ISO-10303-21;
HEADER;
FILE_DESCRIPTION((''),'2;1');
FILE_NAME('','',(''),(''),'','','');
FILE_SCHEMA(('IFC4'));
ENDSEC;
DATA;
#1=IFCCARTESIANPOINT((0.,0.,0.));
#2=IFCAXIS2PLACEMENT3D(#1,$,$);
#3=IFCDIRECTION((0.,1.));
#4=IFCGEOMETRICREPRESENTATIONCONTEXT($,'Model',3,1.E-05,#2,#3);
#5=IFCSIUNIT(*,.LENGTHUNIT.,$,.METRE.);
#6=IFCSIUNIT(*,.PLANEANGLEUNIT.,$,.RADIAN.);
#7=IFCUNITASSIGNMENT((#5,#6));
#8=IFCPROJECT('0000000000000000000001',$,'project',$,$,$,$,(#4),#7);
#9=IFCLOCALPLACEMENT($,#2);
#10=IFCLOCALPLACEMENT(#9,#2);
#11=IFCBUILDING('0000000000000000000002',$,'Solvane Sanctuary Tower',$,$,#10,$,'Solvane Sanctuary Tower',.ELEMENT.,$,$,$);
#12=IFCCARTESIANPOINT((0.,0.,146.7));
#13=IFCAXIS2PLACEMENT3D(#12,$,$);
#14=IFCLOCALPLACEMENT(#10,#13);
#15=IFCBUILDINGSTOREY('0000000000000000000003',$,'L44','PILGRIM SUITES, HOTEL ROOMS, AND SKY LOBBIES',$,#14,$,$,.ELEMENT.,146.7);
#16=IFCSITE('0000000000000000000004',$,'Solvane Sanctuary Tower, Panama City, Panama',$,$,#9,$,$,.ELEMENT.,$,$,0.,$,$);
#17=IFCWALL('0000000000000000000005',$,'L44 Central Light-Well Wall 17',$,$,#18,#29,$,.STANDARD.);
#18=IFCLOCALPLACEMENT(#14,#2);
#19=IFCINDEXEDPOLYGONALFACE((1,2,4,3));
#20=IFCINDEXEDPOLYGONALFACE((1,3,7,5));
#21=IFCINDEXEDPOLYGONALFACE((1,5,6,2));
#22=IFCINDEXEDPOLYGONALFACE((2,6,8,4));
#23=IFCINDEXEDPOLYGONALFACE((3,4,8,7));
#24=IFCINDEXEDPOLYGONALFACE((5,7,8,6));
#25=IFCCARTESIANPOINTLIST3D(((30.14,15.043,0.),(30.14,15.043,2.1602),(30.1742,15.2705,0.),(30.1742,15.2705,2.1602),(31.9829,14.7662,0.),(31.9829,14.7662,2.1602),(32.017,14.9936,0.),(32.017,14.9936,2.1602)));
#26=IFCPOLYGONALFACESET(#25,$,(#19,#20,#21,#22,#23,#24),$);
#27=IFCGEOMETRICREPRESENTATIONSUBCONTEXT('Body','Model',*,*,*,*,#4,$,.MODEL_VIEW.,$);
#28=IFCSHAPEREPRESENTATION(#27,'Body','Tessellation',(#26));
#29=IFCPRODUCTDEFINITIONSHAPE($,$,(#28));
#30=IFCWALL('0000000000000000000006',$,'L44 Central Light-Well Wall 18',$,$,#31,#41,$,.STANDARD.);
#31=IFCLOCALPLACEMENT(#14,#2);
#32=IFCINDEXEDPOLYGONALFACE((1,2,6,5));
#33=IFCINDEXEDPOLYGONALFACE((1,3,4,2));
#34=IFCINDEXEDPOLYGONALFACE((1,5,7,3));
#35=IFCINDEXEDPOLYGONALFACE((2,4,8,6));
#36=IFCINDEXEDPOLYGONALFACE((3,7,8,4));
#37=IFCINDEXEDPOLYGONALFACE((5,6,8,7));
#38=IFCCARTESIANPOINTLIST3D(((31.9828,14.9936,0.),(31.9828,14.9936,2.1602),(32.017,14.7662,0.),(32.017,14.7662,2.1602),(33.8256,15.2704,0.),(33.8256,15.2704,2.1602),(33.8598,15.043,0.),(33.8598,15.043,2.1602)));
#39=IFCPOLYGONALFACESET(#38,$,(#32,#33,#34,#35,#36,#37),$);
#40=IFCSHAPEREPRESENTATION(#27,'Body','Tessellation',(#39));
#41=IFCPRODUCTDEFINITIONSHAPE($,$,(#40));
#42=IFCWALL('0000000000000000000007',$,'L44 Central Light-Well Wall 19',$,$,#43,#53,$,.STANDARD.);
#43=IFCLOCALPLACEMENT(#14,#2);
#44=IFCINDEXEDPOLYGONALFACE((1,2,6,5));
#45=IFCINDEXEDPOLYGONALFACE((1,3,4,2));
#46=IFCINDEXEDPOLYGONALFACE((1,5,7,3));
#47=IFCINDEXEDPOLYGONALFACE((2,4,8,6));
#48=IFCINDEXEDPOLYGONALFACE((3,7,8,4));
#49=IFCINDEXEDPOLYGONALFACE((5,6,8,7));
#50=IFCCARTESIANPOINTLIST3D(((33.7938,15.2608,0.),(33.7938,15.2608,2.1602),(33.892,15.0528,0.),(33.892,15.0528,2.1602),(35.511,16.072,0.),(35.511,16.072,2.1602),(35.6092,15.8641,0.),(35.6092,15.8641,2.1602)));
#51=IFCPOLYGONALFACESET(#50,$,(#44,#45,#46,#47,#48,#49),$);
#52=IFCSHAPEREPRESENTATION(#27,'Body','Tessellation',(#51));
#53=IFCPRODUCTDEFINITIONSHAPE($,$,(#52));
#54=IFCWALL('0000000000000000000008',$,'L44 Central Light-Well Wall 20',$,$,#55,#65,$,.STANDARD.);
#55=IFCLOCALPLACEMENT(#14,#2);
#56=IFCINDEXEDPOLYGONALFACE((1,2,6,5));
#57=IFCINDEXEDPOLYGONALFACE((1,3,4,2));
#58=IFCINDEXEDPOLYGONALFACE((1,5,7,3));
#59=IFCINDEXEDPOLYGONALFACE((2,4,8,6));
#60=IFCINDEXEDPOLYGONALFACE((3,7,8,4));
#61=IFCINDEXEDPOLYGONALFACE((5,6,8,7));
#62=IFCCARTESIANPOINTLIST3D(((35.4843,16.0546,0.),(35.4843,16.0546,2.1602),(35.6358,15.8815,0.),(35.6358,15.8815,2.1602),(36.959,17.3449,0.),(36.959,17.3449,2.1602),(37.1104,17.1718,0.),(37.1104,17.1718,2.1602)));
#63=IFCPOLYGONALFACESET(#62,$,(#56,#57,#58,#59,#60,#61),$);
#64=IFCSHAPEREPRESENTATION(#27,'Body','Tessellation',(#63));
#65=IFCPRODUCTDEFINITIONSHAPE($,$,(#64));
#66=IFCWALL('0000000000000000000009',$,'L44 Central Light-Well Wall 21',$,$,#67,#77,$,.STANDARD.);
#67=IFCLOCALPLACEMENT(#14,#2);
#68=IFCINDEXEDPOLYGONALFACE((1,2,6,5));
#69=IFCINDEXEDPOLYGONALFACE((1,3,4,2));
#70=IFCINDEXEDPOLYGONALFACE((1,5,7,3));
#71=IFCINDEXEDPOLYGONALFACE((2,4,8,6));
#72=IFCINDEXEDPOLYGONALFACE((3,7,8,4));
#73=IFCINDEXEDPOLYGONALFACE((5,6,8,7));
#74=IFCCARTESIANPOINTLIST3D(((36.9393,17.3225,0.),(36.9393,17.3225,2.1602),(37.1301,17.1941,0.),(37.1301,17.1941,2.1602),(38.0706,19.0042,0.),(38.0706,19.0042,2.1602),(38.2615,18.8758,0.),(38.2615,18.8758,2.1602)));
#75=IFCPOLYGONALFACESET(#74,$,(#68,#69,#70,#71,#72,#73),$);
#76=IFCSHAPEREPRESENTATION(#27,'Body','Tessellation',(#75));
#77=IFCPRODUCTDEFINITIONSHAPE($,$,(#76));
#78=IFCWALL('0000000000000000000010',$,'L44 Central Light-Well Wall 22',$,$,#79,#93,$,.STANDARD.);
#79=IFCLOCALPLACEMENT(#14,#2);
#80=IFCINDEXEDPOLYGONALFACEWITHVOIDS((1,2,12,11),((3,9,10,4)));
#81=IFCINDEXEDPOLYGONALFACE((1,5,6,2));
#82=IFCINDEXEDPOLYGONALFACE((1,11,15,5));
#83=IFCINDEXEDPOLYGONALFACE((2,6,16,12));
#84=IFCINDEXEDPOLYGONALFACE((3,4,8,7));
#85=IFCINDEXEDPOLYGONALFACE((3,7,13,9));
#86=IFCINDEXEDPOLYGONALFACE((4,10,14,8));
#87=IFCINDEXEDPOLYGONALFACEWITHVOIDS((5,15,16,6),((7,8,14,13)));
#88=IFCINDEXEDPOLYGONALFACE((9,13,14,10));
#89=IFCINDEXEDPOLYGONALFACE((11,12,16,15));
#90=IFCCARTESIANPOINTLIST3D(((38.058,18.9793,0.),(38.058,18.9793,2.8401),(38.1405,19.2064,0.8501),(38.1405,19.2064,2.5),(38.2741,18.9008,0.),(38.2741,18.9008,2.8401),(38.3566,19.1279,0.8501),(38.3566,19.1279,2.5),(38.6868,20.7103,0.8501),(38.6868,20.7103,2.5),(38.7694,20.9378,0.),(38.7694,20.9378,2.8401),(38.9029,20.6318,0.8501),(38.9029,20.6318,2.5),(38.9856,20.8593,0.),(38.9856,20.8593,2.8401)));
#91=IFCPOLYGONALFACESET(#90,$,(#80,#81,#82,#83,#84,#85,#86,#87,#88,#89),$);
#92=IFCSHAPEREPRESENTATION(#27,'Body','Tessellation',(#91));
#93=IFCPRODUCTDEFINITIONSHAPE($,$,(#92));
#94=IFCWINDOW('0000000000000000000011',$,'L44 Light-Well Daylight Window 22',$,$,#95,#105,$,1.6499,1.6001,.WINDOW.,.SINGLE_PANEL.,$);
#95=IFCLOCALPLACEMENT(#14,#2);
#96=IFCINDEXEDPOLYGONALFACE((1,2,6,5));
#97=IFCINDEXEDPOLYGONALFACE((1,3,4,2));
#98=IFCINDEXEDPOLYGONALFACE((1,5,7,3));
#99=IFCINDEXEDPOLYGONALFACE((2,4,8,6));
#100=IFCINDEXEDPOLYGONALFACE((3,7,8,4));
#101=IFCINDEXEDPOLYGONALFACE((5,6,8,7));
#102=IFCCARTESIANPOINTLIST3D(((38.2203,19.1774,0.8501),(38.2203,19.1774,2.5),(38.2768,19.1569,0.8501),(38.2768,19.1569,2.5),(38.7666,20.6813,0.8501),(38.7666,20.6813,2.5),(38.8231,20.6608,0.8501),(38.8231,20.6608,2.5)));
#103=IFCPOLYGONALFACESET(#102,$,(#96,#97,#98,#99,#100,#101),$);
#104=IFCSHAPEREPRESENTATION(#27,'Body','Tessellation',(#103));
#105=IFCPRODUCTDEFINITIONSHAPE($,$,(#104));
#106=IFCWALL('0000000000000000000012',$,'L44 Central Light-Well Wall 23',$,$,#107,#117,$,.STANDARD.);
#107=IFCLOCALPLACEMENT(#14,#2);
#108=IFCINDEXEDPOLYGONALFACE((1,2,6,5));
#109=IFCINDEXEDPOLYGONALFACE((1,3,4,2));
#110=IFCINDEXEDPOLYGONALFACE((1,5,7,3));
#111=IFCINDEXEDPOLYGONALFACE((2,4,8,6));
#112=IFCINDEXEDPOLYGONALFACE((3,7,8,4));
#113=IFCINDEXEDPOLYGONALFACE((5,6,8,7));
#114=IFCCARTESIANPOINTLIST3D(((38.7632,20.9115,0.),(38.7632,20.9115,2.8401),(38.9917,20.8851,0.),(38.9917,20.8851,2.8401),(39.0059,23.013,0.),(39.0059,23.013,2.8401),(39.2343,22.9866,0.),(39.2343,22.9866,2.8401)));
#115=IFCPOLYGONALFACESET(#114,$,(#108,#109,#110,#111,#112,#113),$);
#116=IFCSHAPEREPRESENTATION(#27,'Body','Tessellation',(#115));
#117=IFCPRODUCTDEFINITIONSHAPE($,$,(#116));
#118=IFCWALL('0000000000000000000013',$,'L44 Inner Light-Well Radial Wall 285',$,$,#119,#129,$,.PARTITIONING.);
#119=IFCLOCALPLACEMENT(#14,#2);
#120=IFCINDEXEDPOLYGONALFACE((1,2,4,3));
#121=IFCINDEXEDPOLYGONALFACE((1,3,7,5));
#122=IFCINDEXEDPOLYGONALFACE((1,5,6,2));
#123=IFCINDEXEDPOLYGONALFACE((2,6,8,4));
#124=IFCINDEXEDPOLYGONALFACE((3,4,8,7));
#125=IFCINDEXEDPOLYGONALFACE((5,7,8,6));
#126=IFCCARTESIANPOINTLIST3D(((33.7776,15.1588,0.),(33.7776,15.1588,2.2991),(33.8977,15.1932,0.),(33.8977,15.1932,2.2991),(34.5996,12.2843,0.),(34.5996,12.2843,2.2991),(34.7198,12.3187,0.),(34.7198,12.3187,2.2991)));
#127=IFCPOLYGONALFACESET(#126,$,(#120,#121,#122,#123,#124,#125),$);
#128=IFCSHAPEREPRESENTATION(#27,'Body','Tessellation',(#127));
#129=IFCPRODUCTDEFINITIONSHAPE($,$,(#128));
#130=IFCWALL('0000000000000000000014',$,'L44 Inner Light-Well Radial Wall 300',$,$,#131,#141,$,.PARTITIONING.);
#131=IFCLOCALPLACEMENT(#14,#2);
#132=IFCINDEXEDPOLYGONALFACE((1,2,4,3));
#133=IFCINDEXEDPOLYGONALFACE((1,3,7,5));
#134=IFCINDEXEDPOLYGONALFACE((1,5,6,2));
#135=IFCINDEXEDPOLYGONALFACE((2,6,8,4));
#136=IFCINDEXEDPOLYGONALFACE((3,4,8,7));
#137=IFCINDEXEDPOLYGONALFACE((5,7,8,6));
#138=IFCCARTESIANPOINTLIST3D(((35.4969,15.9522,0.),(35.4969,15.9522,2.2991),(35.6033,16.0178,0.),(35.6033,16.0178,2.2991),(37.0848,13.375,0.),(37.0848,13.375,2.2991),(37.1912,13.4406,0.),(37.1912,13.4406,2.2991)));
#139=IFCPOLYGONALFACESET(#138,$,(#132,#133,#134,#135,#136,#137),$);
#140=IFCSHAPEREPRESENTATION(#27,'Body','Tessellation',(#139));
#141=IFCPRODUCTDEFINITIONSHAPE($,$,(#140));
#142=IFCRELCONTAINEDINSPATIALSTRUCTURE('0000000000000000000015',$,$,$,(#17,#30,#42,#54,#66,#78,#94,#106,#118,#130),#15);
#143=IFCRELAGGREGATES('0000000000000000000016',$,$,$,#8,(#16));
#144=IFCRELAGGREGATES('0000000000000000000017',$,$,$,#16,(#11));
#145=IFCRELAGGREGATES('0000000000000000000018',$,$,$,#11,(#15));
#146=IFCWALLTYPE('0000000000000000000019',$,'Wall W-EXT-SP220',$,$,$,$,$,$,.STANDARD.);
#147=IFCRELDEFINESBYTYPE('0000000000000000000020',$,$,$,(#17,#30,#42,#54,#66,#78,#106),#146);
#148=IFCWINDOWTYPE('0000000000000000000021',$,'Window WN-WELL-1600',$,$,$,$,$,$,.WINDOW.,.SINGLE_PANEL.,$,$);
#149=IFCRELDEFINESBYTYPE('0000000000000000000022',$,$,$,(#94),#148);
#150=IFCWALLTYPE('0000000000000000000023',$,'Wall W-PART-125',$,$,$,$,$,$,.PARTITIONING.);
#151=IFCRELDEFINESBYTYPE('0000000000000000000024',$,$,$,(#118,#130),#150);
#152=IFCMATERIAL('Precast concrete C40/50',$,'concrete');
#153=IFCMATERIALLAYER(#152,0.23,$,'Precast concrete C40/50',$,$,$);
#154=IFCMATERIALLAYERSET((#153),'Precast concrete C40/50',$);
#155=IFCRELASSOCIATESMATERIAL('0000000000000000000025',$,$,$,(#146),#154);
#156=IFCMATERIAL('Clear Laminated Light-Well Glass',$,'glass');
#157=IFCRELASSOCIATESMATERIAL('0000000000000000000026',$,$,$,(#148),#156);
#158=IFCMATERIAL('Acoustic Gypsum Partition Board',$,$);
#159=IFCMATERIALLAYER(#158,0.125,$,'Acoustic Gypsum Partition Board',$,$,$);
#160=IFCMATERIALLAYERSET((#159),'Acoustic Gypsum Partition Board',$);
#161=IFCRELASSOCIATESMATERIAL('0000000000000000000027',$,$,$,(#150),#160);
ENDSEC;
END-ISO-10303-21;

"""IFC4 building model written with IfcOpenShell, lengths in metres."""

from ifc_helpers import new_model, si_unit, direction, frame, frame_2d, origin, place, context, subcontext, project, spatial, rectangle, extrude, material, layer, layer_set, type_object, element, fill, save


model = new_model("IFC4")

# Units and contexts
model_context = context("Model", 3, precision=1e-05, world=origin(), true_north=direction((0.0, 1.0)))
body_context = subcontext(model_context, "Body", "Model", "MODEL_VIEW")
ifc_project = project(units=[si_unit("LENGTHUNIT", "METRE"), si_unit("PLANEANGLEUNIT", "RADIAN")], contexts=[model_context])

# Site, building, storey
site_placement = place(None, origin())
site = spatial("IfcSite", under=ifc_project, at=site_placement, Name="Solvane Sanctuary Tower, Panama City, Panama", CompositionType="ELEMENT", RefElevation=0.0)
building_placement = place(site_placement, origin())
building = spatial("IfcBuilding", under=site, at=building_placement, Name="Solvane Sanctuary Tower", LongName="Solvane Sanctuary Tower", CompositionType="ELEMENT")
storey_placement = place(building_placement, frame((0.0, 0.0, 146.7)))
storey = spatial("IfcBuildingStorey", under=building, at=storey_placement, Name="L44", Description="PILGRIM SUITES, HOTEL ROOMS, AND SKY LOBBIES", CompositionType="ELEMENT", Elevation=146.7)

# Walls
ifc_material_1 = material(Name="Precast concrete C40/50", Category="concrete")
ifc_layer_1 = layer(ifc_material_1, 0.23, Name="Precast concrete C40/50")
ifc_layer_set_1 = layer_set([ifc_layer_1], Name="Precast concrete C40/50")
wall_type_1 = type_object("IfcWallType", Name="Wall W-EXT-SP220", PredefinedType="STANDARD", material=ifc_layer_set_1)
for number, where, z_axis, x_axis, name in (
    (1, (30.1572, 15.1567, 0.0), (0.0, 0.0, 1.0), (0.988902, -0.148571, 0.0), "L44 Central Light-Well Wall 17"),
    (2, (32.0, 14.8799, 0.0), (0.0, 0.0, 1.0), (0.988902, 0.148571, 0.0), "L44 Central Light-Well Wall 18"),
):
    element("IfcWall", number, at=place(storey_placement, frame(where, z_axis=z_axis, x_axis=x_axis)), inside=storey, type_object=wall_type_1, Name=name, PredefinedType="STANDARD", context=body_context, shape_type="SweptSolid", body=[
        extrude(rectangle(XDim=1.8635, YDim=0.23, at=frame_2d((0.9316, 0.0))), origin(), (0.0, 0.0, 1.0), 2.1602),
    ])
wall_1_placement = place(storey_placement, frame((33.8428, 15.1567, 0.0), z_axis=(0.0, 0.0, 1.0), x_axis=(0.90418, 0.427152, 0.0)))
element("IfcWall", 3, at=wall_1_placement, inside=storey, type_object=wall_type_1, Name="L44 Central Light-Well Wall 19", PredefinedType="STANDARD", context=body_context, shape_type="SweptSolid", body=[
    extrude(rectangle(XDim=1.8992, YDim=0.23, at=frame_2d((0.9497, 0.0))), origin(), (0.0, 0.0, 1.0), 2.1602),
])
wall_2_placement = place(storey_placement, frame((35.5601, 15.968, 0.0), z_axis=(0.0, 0.0, 1.0), x_axis=(0.752577, 0.658505, 0.0)))
element("IfcWall", 4, at=wall_2_placement, inside=storey, type_object=wall_type_1, Name="L44 Central Light-Well Wall 20", PredefinedType="STANDARD", context=body_context, shape_type="SweptSolid", body=[
    extrude(rectangle(XDim=1.9595, YDim=0.23, at=frame_2d((0.9797, 0.0))), origin(), (0.0, 0.0, 1.0), 2.1602),
])
wall_3_placement = place(storey_placement, frame((37.0347, 17.2583, 0.0), z_axis=(0.0, 0.0, 1.0), x_axis=(0.558198, 0.829708, 0.0)))
element("IfcWall", 5, at=wall_3_placement, inside=storey, type_object=wall_type_1, Name="L44 Central Light-Well Wall 21", PredefinedType="STANDARD", context=body_context, shape_type="SweptSolid", body=[
    extrude(rectangle(XDim=2.0269, YDim=0.23, at=frame_2d((1.0134, 0.0))), origin(), (0.0, 0.0, 1.0), 2.1602),
])

# Wall, opening, window
wall_4_placement = place(storey_placement, frame((38.166, 18.9399, 0.0), z_axis=(0.0, 0.0, 1.0), x_axis=(0.341423, 0.93991, 0.0)))
wall_4 = element("IfcWall", 6, at=wall_4_placement, inside=storey, type_object=wall_type_1, Name="L44 Central Light-Well Wall 22", PredefinedType="STANDARD", context=body_context, shape_type="SweptSolid", body=[
    extrude(rectangle(XDim=2.0837, YDim=0.23, at=frame_2d((1.042, 0.0))), origin(), (0.0, 0.0, 1.0), 2.8401),
])
opening_placement = place(wall_4_placement, frame((0.2417, 0.0, 0.8501)))
opening = element("IfcOpeningElement", 7, at=opening_placement, cuts=wall_4, PredefinedType="OPENING", context=body_context, shape_type="SweptSolid", body=[
    extrude(rectangle(XDim=1.6001, YDim=1.6499, at=frame_2d((0.8, 0.825))), frame((0.0, 0.125, 0.0), z_axis=(0.0, -1.0, 0.0), x_axis=(1.0, 0.0, 0.0)), (0.0, 0.0, 1.0), 0.25),
])
ifc_material_2 = material(Name="Clear Laminated Light-Well Glass", Category="glass")
window_type = type_object("IfcWindowType", Name="Window WN-WELL-1600", PartitioningType="SINGLE_PANEL", PredefinedType="WINDOW", material=ifc_material_2)
window_placement = place(opening_placement, origin())
window = element("IfcWindow", 8, at=window_placement, inside=storey, type_object=window_type, Name="L44 Light-Well Daylight Window 22", OverallHeight=1.6499, OverallWidth=1.6001, PartitioningType="SINGLE_PANEL", PredefinedType="WINDOW", context=body_context, shape_type="SweptSolid", body=[
    extrude(rectangle(XDim=1.6001, YDim=1.6499, at=frame_2d((0.8, 0.825))), frame((0.0, 0.03, 0.0), z_axis=(0.0, -1.0, 0.0), x_axis=(1.0, 0.0, 0.0)), (0.0, 0.0, 1.0), 0.0601),
])
fill(opening, window)

# Walls
wall_5_placement = place(storey_placement, frame((38.8774, 20.8984, 0.0), z_axis=(0.0, 0.0, 1.0), x_axis=(0.114712, 0.993399, 0.0)))
element("IfcWall", 9, at=wall_5_placement, inside=storey, type_object=wall_type_1, Name="L44 Central Light-Well Wall 23", PredefinedType="STANDARD", context=body_context, shape_type="SweptSolid", body=[
    extrude(rectangle(XDim=2.1155, YDim=0.23, at=frame_2d((1.0576, 0.0))), origin(), (0.0, 0.0, 1.0), 2.8401),
])
ifc_material_3 = material(Name="Acoustic Gypsum Partition Board")
ifc_layer_2 = layer(ifc_material_3, 0.125, Name="Acoustic Gypsum Partition Board")
ifc_layer_set_2 = layer_set([ifc_layer_2], Name="Acoustic Gypsum Partition Board")
wall_type_2 = type_object("IfcWallType", Name="Wall W-PART-125", PredefinedType="PARTITIONING", material=ifc_layer_set_2)
wall_6_placement = place(storey_placement, frame((33.8376, 15.176, 0.0), z_axis=(0.0, 0.0, 1.0), x_axis=(0.274948, -0.961459, 0.0)))
element("IfcWall", 10, at=wall_6_placement, inside=storey, type_object=wall_type_2, Name="L44 Inner Light-Well Radial Wall 285", PredefinedType="PARTITIONING", context=body_context, shape_type="SweptSolid", body=[
    extrude(rectangle(XDim=2.9897, YDim=0.125, at=frame_2d((1.4949, 0.0))), origin(), (0.0, 0.0, 1.0), 2.2991),
])
wall_7_placement = place(storey_placement, frame((35.55, 15.9851, 0.0), z_axis=(0.0, 0.0, 1.0), x_axis=(0.524565, -0.85137, 0.0)))
element("IfcWall", 11, at=wall_7_placement, inside=storey, type_object=wall_type_2, Name="L44 Inner Light-Well Radial Wall 300", PredefinedType="PARTITIONING", context=body_context, shape_type="SweptSolid", body=[
    extrude(rectangle(XDim=3.0271, YDim=0.125, at=frame_2d((1.5137, 0.0))), origin(), (0.0, 0.0, 1.0), 2.2991),
])

save(model, "model.ifc")
